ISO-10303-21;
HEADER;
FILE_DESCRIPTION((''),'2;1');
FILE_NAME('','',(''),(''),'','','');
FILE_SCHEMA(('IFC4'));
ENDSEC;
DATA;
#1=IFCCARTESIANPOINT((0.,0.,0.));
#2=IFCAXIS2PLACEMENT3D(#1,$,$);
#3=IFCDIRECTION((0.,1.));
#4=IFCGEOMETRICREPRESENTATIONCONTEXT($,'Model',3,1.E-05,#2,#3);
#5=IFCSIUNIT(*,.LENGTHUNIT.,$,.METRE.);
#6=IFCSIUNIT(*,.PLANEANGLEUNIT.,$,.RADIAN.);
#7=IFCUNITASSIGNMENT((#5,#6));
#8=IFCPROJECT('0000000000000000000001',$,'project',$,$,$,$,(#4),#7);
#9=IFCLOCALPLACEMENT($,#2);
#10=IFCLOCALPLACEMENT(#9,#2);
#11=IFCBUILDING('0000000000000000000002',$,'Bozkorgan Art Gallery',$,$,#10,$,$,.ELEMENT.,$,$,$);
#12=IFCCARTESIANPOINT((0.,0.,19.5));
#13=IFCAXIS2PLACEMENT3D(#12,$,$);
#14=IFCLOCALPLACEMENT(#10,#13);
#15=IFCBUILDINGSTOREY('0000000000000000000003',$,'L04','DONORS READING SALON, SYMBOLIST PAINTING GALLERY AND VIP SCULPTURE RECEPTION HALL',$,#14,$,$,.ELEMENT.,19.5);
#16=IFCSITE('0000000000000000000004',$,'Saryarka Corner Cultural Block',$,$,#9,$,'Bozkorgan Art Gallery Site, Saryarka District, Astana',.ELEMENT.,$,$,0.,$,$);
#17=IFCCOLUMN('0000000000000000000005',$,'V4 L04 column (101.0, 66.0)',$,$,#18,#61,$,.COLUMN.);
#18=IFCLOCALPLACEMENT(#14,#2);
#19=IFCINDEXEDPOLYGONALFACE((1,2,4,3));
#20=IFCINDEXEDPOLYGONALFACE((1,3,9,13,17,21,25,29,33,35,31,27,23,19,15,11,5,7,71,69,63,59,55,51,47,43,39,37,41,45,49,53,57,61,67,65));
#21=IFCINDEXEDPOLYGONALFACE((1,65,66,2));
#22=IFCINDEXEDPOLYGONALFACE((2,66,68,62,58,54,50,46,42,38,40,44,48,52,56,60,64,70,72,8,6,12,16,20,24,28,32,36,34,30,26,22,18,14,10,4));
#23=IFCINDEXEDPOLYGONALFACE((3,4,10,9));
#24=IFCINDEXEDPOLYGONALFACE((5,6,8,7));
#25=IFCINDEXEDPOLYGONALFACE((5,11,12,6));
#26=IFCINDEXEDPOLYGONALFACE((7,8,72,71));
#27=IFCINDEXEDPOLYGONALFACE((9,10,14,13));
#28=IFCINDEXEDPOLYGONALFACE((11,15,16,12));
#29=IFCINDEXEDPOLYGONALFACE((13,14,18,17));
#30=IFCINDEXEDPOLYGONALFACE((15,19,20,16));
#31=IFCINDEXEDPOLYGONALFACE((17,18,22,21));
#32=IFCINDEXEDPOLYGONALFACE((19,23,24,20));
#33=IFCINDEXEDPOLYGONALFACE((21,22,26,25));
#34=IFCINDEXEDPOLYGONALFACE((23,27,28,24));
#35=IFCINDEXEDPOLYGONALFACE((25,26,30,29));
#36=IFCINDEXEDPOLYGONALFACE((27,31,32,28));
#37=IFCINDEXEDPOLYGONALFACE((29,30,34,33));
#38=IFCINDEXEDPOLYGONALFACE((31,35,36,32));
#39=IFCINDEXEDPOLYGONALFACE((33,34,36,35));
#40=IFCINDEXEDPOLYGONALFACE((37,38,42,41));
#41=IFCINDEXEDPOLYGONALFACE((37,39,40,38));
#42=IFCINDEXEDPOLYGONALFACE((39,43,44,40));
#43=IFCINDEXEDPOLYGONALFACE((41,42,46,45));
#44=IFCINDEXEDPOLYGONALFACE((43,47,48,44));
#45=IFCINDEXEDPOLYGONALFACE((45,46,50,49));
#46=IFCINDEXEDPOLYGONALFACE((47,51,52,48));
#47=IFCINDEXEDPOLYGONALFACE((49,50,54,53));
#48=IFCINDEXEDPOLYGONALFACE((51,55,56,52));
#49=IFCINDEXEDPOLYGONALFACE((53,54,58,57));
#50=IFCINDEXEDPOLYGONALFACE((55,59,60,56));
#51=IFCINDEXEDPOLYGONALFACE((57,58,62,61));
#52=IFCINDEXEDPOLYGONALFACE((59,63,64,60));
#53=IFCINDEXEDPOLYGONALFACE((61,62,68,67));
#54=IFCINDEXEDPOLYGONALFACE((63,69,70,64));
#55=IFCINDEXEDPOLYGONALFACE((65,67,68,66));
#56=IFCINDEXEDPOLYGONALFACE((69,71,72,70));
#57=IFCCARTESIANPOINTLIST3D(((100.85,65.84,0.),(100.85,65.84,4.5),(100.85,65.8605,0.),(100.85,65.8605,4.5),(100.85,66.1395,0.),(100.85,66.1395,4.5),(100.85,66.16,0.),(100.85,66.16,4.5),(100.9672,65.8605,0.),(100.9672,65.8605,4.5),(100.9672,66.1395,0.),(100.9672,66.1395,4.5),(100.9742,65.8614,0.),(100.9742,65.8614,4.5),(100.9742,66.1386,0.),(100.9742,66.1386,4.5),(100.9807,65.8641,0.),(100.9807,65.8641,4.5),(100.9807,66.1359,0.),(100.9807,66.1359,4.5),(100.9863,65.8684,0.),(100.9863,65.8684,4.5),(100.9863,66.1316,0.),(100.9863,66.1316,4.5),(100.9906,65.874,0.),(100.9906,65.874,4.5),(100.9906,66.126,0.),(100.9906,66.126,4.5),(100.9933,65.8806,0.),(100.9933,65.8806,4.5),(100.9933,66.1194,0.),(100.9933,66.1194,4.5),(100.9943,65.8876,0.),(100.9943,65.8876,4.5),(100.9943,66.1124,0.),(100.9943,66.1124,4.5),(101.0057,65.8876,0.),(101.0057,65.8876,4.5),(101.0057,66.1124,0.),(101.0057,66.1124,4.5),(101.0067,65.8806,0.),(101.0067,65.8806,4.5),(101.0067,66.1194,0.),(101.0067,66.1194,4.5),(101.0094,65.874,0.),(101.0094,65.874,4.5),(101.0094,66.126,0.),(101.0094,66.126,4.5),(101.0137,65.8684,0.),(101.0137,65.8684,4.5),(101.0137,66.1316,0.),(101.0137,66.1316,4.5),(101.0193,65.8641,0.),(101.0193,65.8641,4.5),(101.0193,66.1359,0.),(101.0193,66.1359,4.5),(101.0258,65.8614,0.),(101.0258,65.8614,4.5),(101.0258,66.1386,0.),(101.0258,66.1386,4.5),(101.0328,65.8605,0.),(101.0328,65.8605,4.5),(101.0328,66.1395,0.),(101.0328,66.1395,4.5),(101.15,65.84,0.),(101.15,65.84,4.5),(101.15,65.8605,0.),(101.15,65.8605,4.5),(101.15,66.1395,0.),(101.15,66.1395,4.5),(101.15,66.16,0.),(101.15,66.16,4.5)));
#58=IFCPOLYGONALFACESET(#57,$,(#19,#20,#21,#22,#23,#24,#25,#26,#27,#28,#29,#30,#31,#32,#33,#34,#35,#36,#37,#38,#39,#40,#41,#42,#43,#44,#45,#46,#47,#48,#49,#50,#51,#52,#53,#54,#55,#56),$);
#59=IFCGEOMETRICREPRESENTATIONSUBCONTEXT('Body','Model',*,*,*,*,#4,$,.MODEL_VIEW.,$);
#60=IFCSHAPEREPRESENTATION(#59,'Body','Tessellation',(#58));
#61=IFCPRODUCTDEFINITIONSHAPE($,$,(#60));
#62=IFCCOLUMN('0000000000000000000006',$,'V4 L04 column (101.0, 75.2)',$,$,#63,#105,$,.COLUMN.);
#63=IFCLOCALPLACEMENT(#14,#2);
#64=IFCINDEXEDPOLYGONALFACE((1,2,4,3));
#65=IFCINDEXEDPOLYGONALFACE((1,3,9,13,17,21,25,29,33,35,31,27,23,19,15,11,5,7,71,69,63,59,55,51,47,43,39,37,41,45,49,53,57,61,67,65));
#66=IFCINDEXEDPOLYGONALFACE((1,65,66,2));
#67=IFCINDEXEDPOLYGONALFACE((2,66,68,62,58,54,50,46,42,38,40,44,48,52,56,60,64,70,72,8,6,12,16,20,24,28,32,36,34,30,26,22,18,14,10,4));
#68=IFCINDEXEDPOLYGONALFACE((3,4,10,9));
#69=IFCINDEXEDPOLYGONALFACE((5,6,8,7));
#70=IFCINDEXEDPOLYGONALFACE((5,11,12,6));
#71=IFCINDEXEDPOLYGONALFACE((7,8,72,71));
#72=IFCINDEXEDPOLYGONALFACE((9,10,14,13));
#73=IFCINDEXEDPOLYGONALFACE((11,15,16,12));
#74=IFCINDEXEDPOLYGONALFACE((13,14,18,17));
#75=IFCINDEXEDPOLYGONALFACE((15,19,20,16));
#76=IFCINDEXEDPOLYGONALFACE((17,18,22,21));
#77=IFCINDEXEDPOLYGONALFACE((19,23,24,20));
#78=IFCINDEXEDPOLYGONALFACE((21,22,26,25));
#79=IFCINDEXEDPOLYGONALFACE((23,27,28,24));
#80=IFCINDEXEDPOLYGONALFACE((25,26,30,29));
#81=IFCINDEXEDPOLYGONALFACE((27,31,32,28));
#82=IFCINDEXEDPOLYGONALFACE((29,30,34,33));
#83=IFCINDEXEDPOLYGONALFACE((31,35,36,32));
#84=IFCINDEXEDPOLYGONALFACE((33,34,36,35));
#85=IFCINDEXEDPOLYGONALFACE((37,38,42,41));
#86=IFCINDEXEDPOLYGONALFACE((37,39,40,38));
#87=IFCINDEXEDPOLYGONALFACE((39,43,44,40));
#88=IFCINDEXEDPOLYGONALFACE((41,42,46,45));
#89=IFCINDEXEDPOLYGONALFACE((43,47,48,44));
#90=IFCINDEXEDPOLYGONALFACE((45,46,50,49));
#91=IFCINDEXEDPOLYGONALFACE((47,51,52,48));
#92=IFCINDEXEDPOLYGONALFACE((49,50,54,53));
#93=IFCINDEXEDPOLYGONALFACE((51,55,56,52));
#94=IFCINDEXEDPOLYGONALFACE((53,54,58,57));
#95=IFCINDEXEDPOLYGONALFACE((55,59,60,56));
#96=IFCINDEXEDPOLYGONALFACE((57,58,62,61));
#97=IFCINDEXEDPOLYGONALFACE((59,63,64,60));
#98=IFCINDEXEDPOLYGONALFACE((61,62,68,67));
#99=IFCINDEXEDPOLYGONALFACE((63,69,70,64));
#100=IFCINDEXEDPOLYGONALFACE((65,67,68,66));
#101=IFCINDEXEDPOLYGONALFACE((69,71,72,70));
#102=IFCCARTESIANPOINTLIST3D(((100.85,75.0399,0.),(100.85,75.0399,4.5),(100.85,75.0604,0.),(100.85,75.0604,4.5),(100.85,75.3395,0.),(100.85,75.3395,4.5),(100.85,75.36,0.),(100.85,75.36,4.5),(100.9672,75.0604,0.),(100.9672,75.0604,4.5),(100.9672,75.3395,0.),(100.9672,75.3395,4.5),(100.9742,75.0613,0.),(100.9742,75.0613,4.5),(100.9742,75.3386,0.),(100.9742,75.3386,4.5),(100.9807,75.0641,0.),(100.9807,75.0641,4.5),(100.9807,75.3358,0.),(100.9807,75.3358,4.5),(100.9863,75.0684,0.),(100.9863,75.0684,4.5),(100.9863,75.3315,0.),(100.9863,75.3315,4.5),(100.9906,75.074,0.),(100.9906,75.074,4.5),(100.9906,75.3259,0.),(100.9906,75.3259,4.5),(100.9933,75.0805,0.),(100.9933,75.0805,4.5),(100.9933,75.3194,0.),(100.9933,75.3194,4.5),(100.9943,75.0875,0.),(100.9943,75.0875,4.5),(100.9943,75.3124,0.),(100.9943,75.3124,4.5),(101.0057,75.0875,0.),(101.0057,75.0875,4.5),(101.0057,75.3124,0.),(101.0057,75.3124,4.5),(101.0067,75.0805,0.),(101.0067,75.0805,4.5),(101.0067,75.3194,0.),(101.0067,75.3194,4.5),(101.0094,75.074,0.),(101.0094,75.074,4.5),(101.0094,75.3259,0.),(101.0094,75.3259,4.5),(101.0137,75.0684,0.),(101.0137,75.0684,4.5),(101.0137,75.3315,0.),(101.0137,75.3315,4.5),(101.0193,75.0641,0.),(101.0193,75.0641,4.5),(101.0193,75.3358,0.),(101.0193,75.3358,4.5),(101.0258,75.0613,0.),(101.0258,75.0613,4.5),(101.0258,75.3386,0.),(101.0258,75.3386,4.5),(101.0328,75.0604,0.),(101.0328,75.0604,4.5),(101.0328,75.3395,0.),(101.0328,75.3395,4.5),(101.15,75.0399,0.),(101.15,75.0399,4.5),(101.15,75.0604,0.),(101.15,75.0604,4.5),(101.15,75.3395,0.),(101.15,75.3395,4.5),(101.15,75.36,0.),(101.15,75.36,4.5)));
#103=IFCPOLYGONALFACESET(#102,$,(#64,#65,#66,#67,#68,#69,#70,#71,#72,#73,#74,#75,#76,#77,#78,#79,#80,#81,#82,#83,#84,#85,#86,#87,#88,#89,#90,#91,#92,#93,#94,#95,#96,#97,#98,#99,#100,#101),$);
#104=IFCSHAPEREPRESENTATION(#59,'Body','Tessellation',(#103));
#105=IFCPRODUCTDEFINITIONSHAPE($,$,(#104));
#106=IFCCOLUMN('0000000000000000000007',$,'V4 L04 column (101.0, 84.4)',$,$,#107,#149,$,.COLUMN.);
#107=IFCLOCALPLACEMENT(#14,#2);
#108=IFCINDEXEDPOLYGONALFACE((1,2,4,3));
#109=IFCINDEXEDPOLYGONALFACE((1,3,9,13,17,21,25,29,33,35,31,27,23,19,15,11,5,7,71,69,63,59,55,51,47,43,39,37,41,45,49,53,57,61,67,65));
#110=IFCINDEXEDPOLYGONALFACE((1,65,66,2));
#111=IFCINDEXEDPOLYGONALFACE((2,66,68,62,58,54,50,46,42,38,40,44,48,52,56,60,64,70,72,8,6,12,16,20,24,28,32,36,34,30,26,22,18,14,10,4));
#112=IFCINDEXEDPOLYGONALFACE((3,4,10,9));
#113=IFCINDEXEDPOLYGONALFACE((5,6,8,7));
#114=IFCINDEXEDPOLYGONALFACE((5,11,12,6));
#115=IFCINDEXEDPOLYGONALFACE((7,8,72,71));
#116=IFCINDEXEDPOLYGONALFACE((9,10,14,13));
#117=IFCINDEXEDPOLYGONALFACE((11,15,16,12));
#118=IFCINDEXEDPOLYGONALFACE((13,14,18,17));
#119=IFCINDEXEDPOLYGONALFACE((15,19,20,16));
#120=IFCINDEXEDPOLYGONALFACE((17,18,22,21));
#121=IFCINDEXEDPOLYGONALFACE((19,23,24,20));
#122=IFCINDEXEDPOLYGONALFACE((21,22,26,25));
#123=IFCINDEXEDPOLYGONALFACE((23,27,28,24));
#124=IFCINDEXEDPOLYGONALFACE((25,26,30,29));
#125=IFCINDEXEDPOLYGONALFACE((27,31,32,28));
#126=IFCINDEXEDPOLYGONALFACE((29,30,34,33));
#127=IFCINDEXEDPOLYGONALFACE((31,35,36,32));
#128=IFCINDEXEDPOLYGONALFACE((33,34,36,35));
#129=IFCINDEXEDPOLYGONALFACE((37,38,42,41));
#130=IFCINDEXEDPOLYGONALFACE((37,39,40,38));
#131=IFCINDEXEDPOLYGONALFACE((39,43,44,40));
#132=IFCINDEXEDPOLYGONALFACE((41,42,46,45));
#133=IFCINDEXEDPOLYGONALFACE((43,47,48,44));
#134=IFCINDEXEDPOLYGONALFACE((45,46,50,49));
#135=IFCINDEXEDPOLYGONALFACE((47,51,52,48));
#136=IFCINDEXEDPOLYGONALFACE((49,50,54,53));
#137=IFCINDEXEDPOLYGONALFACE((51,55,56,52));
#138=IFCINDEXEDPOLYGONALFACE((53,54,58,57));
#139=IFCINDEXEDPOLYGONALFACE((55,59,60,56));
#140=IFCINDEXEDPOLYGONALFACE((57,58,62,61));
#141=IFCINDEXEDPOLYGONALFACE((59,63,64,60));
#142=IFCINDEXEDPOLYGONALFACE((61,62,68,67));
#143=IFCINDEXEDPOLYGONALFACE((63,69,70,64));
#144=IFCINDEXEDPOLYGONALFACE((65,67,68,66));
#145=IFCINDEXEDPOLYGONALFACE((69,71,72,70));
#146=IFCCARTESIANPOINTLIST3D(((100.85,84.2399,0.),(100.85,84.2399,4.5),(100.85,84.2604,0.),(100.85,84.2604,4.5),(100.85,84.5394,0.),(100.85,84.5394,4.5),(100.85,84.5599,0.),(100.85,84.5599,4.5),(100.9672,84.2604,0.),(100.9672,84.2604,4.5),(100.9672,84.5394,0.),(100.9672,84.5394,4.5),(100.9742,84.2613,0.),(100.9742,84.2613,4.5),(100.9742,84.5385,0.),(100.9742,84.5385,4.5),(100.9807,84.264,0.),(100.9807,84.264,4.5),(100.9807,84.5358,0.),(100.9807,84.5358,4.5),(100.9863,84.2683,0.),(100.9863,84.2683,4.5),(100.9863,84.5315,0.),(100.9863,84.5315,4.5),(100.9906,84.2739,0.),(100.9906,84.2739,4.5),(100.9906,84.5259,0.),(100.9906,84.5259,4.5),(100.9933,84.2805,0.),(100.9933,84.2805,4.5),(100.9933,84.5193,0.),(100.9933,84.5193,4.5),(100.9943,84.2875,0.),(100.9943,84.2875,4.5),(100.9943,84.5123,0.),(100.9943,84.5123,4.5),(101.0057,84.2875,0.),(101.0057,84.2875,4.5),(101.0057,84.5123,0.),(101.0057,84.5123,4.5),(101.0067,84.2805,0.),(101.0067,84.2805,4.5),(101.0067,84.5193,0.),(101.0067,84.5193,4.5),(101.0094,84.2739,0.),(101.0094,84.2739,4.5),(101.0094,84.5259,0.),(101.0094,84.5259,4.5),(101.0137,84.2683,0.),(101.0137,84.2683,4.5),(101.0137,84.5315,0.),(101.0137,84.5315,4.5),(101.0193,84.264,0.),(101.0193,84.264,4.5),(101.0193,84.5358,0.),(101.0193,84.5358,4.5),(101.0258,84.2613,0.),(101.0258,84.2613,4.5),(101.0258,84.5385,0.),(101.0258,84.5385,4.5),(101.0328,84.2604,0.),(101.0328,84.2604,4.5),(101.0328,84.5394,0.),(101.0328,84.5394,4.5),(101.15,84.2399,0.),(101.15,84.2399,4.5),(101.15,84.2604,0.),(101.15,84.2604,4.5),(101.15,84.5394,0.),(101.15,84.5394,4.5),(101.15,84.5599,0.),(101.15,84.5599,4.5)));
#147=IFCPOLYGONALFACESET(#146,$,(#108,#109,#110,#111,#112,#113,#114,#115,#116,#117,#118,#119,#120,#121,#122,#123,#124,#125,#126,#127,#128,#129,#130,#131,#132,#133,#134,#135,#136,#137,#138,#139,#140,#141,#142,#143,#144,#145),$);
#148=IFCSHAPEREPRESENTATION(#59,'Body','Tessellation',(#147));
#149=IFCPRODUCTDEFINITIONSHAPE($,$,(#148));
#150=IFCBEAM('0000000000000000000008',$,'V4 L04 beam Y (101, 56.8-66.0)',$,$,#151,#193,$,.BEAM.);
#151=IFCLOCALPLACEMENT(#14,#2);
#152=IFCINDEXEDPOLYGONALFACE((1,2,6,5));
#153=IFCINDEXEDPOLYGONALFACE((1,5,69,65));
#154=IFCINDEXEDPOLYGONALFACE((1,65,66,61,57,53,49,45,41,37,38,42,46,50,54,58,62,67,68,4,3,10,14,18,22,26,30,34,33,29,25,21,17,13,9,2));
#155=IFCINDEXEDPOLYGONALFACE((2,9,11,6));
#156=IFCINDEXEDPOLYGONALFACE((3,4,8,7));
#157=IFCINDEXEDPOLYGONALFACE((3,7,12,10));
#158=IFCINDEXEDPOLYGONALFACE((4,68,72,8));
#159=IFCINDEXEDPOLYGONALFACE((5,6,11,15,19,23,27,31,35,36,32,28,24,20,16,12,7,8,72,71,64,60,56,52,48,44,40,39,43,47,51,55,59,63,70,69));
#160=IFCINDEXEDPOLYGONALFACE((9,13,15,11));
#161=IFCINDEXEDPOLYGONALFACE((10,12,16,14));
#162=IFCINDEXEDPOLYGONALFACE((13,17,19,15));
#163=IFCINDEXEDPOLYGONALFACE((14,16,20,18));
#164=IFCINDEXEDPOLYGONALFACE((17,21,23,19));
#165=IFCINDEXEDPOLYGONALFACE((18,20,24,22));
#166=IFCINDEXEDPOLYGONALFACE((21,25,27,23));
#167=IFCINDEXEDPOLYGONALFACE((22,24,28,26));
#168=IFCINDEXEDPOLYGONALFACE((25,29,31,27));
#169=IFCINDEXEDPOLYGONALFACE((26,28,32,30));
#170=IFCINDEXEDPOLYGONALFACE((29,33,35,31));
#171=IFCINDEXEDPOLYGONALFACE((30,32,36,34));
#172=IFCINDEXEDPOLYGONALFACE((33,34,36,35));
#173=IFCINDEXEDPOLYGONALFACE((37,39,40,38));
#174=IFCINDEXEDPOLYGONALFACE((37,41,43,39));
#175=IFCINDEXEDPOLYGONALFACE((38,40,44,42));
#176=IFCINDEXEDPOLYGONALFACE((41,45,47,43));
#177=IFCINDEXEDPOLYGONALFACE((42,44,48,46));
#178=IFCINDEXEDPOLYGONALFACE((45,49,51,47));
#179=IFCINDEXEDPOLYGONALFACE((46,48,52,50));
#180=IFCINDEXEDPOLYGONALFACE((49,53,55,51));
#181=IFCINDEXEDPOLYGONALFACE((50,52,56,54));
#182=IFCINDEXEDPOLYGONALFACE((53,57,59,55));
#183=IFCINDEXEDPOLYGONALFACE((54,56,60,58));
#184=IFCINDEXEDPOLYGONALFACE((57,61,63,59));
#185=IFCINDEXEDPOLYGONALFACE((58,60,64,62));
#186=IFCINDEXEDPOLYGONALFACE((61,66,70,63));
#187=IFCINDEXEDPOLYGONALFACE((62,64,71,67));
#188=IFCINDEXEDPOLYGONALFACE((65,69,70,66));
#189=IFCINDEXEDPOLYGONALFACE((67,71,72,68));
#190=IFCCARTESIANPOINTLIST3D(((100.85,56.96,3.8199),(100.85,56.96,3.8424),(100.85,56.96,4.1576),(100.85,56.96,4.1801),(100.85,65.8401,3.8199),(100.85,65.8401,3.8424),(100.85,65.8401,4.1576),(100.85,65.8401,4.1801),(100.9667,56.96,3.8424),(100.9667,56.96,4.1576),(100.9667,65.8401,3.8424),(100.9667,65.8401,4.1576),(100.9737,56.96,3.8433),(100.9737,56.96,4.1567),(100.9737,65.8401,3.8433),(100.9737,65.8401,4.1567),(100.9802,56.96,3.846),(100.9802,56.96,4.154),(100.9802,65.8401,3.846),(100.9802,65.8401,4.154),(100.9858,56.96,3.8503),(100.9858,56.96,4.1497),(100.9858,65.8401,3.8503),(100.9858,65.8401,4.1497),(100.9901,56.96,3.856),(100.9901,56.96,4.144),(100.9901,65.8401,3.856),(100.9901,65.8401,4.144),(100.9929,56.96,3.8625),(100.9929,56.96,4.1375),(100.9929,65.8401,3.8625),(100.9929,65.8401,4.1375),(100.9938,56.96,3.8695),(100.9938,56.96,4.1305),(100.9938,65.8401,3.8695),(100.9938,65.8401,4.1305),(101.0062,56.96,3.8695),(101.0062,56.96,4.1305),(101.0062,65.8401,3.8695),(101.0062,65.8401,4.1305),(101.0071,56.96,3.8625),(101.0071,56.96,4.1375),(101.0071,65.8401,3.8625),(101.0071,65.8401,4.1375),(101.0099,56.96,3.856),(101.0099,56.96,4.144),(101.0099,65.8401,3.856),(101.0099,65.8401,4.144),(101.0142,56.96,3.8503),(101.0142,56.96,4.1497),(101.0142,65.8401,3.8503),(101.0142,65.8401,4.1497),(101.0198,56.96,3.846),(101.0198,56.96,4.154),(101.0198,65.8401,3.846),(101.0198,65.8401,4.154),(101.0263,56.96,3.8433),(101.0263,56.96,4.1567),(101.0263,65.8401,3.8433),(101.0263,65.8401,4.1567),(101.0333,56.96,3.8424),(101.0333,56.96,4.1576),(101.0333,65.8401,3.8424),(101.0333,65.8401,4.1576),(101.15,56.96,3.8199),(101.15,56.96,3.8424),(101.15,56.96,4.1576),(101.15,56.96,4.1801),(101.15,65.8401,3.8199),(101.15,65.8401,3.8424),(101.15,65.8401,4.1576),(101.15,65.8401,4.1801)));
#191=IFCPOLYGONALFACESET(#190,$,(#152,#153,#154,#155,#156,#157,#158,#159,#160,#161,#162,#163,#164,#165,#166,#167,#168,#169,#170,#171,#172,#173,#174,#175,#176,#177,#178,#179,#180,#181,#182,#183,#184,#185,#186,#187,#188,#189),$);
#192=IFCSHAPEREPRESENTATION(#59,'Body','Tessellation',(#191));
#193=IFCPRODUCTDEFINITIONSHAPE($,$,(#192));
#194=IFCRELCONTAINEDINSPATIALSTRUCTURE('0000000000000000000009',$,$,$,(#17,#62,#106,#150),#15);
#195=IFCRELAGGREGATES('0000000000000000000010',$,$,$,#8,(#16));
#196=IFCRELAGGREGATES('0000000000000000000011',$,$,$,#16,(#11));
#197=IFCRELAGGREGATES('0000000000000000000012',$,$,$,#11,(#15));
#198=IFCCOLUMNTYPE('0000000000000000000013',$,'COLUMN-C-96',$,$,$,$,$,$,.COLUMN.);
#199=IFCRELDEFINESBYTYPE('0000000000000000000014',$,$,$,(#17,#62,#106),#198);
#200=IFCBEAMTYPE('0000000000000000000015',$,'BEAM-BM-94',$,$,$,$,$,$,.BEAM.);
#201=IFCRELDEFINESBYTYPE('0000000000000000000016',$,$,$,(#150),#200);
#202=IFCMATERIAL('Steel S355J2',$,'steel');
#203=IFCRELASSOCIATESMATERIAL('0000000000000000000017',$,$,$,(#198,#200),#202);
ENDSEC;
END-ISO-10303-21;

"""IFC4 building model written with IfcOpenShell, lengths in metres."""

from ifc_helpers import new_model, si_unit, direction, frame, origin, origin_2d, place, context, subcontext, project, spatial, i_section, extrude, material, material_profile, profile_set, type_object, element, save


model = new_model("IFC4")

# Units and contexts
model_context = context("Model", 3, precision=1e-05, world=origin(), true_north=direction((0.0, 1.0)))
body_context = subcontext(model_context, "Body", "Model", "MODEL_VIEW")
ifc_project = project(units=[si_unit("LENGTHUNIT", "METRE"), si_unit("PLANEANGLEUNIT", "RADIAN")], contexts=[model_context])

# Site, building, storey
site_placement = place(None, origin())
site = spatial("IfcSite", under=ifc_project, at=site_placement, Name="Saryarka Corner Cultural Block", LongName="Bozkorgan Art Gallery Site, Saryarka District, Astana", CompositionType="ELEMENT", RefElevation=0.0)
building_placement = place(site_placement, origin())
building = spatial("IfcBuilding", under=site, at=building_placement, Name="Bozkorgan Art Gallery", CompositionType="ELEMENT")
storey_placement = place(building_placement, frame((0.0, 0.0, 19.5)))
storey = spatial("IfcBuildingStorey", under=building, at=storey_placement, Name="L04", Description="DONORS READING SALON, SYMBOLIST PAINTING GALLERY AND VIP SCULPTURE RECEPTION HALL", CompositionType="ELEMENT", Elevation=19.5)

# Columns
ifc_material_1 = material(Name="Steel S355J2", Category="steel")
ifc_material_profile_1 = material_profile(ifc_material_1, i_section(OverallWidth=0.3, OverallDepth=0.3201, WebThickness=0.0115, FlangeThickness=0.0205, FilletRadius=0.0271, at=origin_2d()), Name="HEB 320")
ifc_profile_set_1 = profile_set([ifc_material_profile_1], Name="Steel S355J2")
column_type_1 = type_object("IfcColumnType", Name="COLUMN-C-96", PredefinedType="COLUMN", material=ifc_profile_set_1)
for number, where, z_axis, x_axis, name in (
    (1, (101.0, 66.0, 0.0), (0.0, 0.0, 1.0), (1.0, 0.0, 0.0), "V4 L04 column (101.0, 66.0)"),
    (2, (101.0, 75.2, 0.0), (0.0, 0.0, 1.0), (1.0, 0.0, 0.0), "V4 L04 column (101.0, 75.2)"),
    (3, (101.0, 84.3999, 0.0), (0.0, 0.0, 1.0), (1.0, 0.0, 0.0), "V4 L04 column (101.0, 84.4)"),
):
    element("IfcColumn", number, at=place(storey_placement, frame(where, z_axis=z_axis, x_axis=x_axis)), inside=storey, type_object=column_type_1, Name=name, PredefinedType="COLUMN", context=body_context, shape_type="SweptSolid", body=[
        extrude(i_section(OverallWidth=0.3, OverallDepth=0.3201, WebThickness=0.0115, FlangeThickness=0.0205, FilletRadius=0.0271, at=origin_2d()), origin(), (0.0, 0.0, 1.0), 4.5),
    ])

# Beam
ifc_material_profile_2 = material_profile(ifc_material_1, i_section(OverallWidth=0.3, OverallDepth=0.3601, WebThickness=0.0125, FlangeThickness=0.0225, FilletRadius=0.0271, at=origin_2d()), Name="HEB 360")
ifc_profile_set_2 = profile_set([ifc_material_profile_2], Name="Steel S355J2")
beam_type_1 = type_object("IfcBeamType", Name="BEAM-BM-94", PredefinedType="BEAM", material=ifc_profile_set_2)
for number, where, z_axis, x_axis, name in (
    (4, (101.0, 56.96, 4.0), (0.0, 1.0, 0.0), (-1.0, 0.0, 0.0), "V4 L04 beam Y (101, 56.8-66.0)"),
):
    element("IfcBeam", number, at=place(storey_placement, frame(where, z_axis=z_axis, x_axis=x_axis)), inside=storey, type_object=beam_type_1, Name=name, PredefinedType="BEAM", context=body_context, shape_type="SweptSolid", body=[
        extrude(i_section(OverallWidth=0.3, OverallDepth=0.3601, WebThickness=0.0125, FlangeThickness=0.0225, FilletRadius=0.0271, at=origin_2d()), origin(), (0.0, 0.0, 1.0), 8.8801),
    ])

save(model, "model.ifc")
